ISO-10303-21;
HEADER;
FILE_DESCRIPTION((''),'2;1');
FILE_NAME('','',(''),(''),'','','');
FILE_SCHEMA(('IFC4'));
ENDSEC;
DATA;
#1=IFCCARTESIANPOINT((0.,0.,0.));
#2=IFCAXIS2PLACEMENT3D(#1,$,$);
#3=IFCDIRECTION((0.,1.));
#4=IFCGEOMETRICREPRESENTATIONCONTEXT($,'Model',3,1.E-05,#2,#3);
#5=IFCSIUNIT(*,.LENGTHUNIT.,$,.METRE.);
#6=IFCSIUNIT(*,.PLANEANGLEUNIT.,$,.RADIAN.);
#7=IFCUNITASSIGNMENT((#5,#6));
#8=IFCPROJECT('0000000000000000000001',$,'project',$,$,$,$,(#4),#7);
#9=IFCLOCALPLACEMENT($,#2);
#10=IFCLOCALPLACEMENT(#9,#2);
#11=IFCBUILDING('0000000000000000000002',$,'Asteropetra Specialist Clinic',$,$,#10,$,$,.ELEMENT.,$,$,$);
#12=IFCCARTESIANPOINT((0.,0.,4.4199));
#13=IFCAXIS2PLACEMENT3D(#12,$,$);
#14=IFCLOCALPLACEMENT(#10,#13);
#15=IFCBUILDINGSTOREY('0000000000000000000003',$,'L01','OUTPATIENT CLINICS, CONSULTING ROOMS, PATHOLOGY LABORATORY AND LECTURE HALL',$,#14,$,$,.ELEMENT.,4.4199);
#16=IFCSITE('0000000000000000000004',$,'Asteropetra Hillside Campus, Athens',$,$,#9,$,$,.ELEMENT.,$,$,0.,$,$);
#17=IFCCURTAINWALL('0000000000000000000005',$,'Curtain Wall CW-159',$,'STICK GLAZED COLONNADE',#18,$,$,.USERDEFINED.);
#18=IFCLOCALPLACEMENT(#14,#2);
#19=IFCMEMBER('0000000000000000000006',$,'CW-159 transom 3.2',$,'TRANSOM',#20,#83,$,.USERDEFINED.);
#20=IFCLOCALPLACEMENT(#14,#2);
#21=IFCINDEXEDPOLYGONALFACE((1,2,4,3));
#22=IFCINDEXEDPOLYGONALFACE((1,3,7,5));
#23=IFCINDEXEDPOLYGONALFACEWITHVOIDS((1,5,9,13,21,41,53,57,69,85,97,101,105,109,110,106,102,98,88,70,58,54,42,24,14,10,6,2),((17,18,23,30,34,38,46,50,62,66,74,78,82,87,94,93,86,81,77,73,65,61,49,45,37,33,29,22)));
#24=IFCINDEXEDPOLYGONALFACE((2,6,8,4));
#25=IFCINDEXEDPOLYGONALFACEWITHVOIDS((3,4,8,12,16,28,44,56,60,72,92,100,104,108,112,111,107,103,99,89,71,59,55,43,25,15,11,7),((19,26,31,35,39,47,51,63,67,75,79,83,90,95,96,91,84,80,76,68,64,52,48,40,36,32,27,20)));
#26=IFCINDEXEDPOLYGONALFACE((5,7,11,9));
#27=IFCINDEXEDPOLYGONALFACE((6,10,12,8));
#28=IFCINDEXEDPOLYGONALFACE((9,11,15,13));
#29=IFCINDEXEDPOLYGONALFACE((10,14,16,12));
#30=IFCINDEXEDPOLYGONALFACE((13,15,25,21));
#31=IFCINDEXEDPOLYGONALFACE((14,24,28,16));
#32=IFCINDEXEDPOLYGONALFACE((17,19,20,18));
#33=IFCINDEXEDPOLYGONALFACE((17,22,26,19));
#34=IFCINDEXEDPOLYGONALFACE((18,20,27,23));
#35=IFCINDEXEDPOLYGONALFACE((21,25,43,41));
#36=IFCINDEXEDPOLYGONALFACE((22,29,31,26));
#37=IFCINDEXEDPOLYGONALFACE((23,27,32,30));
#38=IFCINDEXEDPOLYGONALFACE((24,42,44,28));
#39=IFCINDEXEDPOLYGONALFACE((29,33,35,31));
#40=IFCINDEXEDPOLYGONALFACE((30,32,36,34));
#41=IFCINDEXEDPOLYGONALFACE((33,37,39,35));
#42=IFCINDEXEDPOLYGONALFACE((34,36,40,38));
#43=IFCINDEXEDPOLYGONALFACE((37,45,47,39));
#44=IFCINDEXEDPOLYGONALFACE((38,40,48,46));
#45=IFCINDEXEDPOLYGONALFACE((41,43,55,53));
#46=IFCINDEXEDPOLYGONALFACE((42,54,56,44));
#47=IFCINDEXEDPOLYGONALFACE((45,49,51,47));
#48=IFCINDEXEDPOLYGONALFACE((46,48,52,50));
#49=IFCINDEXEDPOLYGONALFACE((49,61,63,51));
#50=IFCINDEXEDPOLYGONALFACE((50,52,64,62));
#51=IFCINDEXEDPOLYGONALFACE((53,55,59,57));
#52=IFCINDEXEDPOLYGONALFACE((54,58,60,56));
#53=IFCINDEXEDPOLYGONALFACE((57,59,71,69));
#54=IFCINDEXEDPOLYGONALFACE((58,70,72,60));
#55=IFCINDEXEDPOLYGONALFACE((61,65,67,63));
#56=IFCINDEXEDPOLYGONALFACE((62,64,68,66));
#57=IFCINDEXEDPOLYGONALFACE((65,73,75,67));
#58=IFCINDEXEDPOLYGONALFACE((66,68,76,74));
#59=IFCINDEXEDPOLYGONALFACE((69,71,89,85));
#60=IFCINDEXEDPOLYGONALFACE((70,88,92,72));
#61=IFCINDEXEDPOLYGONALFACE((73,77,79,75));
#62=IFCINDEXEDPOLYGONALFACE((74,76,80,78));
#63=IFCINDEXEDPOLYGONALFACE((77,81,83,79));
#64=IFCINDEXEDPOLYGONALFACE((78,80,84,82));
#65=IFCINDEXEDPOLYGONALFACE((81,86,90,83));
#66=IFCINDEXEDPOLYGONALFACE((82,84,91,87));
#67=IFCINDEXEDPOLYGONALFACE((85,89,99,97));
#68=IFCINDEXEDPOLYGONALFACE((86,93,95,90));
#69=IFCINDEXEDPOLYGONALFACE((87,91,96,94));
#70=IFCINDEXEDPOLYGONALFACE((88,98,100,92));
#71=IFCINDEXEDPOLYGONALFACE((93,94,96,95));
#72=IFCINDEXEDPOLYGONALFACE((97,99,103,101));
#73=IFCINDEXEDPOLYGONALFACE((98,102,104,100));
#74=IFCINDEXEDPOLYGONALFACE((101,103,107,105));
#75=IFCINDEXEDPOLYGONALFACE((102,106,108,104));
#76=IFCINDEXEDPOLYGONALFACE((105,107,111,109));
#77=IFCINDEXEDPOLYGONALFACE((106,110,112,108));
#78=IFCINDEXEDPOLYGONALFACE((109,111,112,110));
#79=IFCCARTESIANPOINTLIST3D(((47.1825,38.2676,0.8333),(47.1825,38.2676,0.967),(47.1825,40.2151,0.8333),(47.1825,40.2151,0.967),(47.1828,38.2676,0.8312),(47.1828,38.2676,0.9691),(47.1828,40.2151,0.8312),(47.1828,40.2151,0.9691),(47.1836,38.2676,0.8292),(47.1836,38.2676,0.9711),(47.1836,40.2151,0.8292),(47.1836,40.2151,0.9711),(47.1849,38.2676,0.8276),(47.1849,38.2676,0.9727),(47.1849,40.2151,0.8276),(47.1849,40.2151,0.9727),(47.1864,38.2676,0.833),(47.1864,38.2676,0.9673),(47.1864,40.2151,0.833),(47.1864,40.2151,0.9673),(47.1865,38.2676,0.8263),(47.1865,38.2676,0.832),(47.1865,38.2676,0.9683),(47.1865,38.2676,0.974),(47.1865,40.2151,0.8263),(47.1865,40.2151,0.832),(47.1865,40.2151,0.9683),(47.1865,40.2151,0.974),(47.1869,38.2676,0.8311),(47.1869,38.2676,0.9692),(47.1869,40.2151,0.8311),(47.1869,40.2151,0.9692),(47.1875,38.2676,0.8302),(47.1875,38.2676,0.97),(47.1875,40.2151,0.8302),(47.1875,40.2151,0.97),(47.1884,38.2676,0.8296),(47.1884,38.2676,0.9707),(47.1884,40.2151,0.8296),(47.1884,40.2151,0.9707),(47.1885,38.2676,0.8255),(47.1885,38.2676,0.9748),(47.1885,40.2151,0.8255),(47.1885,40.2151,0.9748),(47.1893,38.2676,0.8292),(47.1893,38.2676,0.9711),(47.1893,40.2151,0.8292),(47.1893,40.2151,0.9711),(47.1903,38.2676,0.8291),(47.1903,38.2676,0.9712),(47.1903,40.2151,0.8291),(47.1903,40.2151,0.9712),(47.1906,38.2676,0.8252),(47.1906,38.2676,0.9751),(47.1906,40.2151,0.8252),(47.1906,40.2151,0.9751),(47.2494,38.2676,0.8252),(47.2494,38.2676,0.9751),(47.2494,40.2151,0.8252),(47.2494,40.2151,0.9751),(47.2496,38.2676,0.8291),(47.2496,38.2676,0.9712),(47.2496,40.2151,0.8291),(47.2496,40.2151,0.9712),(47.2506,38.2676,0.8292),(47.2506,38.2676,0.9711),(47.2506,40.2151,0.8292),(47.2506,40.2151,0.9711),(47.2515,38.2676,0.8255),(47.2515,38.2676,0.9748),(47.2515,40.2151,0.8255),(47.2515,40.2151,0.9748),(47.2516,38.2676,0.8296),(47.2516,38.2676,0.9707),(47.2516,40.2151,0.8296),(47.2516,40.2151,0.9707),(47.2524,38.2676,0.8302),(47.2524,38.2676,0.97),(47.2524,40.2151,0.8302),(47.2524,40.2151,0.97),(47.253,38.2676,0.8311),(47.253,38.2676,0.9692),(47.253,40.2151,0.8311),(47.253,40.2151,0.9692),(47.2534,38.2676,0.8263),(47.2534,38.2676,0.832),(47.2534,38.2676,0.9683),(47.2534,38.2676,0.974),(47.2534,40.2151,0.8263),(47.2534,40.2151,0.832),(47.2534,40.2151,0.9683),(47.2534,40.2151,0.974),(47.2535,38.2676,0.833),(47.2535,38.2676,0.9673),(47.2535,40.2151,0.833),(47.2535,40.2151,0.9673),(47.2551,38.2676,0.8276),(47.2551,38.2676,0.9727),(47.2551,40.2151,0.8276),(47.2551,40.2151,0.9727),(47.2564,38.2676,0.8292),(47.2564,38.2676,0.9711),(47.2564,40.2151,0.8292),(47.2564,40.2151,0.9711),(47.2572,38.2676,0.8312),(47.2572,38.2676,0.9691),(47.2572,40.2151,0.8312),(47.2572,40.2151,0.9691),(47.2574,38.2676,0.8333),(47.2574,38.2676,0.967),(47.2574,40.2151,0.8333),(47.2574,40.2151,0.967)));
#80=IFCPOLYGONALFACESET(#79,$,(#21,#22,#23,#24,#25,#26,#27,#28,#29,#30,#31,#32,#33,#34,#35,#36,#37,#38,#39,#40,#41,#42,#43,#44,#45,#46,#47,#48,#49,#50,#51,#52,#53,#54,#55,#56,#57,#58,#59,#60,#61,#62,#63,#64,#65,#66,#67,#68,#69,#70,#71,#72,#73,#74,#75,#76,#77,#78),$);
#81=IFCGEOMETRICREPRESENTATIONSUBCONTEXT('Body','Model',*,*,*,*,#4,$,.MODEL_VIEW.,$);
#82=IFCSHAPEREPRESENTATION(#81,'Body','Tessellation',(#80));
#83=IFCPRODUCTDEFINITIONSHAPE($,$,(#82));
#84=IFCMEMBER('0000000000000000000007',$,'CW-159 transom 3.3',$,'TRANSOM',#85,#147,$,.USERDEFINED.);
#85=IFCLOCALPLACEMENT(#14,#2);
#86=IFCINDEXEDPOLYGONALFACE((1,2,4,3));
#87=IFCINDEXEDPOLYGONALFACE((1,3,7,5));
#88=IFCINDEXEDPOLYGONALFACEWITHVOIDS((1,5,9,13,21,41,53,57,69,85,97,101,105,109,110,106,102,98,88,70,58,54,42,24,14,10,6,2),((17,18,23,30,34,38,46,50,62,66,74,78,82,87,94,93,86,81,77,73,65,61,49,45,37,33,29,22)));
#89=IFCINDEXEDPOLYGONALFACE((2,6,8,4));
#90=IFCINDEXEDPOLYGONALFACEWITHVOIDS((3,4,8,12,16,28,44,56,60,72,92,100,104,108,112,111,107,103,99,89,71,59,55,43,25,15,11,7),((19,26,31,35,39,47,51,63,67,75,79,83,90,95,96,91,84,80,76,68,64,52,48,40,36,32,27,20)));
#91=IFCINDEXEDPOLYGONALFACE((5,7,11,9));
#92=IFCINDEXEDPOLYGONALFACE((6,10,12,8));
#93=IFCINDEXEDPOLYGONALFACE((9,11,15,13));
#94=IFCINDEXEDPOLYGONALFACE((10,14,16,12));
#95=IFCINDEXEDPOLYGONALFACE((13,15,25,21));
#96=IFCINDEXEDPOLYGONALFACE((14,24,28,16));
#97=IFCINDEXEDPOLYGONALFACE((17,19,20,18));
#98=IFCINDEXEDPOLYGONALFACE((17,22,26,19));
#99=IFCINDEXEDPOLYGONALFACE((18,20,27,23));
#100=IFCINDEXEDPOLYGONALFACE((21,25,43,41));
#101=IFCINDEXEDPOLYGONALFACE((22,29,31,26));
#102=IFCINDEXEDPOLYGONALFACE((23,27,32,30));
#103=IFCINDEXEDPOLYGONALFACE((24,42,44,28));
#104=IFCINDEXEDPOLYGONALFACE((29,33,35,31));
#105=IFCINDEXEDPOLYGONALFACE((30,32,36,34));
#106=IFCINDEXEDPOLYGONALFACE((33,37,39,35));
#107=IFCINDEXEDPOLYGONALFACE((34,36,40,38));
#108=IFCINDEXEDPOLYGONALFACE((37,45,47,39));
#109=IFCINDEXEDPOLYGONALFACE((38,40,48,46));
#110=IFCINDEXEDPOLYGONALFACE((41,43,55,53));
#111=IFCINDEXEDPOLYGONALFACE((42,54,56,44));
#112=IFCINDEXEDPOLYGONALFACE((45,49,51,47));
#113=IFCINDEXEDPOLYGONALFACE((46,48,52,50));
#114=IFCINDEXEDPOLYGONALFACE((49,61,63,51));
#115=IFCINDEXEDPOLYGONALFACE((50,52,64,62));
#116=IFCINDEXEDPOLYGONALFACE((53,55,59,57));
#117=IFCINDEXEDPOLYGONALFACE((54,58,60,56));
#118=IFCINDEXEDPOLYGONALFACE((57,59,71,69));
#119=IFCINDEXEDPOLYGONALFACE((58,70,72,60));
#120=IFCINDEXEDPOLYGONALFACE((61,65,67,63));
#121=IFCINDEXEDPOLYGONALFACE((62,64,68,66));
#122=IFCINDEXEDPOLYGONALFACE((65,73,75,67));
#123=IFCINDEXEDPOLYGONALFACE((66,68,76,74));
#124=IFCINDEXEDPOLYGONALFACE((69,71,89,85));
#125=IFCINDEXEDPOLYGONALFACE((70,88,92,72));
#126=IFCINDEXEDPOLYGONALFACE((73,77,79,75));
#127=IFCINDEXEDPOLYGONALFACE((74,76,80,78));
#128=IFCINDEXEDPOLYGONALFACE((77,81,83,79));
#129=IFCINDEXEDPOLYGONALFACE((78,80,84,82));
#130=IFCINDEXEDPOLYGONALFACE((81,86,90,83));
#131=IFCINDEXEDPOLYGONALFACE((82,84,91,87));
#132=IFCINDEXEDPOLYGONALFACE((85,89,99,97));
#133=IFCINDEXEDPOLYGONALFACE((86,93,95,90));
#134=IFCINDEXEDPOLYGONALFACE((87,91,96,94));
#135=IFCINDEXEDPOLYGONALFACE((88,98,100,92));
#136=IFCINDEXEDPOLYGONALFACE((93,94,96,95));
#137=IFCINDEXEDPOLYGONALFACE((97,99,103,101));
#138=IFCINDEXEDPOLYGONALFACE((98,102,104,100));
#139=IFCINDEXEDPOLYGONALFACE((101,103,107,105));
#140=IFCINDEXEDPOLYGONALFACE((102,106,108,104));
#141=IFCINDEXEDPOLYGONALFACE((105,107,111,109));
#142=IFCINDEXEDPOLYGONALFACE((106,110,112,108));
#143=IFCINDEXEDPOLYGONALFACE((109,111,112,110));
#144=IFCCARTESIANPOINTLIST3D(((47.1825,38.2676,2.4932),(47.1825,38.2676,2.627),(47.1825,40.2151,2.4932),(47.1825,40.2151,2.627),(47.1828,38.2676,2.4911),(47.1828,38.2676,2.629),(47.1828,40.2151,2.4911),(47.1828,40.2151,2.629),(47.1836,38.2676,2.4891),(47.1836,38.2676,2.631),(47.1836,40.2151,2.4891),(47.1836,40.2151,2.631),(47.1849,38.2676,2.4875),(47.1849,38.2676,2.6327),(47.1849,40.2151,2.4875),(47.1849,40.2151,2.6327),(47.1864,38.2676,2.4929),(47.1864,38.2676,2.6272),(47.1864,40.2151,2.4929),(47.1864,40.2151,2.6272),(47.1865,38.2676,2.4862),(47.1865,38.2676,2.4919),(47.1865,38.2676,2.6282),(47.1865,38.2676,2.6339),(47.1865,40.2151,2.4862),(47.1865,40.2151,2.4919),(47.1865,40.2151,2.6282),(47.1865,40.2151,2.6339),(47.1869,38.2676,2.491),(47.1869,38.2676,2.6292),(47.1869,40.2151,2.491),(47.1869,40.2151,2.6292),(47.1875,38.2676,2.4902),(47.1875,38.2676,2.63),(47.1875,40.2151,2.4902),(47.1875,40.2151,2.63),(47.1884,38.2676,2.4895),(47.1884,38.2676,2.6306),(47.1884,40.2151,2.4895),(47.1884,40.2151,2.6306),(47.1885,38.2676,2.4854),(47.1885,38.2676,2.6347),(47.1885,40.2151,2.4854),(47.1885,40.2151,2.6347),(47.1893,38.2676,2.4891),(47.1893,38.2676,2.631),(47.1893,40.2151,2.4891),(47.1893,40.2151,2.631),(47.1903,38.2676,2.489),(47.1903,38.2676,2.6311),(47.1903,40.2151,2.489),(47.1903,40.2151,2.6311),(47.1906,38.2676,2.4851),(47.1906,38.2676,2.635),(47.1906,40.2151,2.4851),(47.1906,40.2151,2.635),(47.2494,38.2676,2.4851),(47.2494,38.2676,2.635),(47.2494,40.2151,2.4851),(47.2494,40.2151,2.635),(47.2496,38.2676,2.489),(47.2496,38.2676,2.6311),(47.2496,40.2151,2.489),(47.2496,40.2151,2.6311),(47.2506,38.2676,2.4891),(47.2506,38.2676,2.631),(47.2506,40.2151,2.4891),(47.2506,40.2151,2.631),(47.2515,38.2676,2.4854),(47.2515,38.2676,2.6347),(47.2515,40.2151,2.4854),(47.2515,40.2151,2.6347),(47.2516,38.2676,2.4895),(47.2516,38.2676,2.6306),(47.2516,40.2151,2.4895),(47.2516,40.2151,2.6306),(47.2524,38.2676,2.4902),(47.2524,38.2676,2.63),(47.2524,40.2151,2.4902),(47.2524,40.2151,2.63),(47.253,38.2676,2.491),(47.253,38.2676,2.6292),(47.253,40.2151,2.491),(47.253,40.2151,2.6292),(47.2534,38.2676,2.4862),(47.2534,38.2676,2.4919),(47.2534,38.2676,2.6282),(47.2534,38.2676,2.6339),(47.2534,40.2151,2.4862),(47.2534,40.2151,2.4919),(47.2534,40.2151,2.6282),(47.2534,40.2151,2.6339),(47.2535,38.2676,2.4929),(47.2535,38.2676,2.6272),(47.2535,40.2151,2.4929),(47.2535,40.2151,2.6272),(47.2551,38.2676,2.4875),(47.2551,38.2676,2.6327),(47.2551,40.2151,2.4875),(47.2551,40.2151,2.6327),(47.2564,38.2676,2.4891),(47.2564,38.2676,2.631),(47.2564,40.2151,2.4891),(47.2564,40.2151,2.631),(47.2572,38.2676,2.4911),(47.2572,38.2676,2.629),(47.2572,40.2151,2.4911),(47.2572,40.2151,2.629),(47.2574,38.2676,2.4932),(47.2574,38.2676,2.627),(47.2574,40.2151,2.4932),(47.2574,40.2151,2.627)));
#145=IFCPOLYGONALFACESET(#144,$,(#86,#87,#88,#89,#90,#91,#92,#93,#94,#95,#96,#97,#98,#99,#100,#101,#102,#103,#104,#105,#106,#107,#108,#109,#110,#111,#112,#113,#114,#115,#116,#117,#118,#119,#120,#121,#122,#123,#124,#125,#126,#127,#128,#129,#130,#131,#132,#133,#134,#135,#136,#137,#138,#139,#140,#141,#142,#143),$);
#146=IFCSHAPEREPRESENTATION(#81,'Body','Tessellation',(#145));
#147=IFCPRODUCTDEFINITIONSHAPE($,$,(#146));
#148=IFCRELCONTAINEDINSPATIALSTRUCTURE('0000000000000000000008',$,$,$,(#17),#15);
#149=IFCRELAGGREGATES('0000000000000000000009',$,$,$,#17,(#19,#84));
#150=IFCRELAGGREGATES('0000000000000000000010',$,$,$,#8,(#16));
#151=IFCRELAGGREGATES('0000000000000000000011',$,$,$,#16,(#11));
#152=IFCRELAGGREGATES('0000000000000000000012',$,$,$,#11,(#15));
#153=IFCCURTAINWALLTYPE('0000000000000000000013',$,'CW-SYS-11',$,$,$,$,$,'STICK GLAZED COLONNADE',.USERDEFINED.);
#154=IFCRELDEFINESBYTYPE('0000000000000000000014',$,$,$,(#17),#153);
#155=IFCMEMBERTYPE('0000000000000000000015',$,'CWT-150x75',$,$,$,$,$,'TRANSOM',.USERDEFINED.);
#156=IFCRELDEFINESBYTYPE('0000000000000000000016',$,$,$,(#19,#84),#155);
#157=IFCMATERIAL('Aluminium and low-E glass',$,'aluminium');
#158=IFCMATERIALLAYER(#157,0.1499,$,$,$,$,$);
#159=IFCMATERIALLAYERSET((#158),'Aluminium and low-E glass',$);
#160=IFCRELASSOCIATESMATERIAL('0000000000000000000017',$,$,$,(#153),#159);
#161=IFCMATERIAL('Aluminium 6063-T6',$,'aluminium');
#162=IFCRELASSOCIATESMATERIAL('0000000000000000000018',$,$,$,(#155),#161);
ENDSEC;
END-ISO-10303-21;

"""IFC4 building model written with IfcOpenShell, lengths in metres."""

from ifc_helpers import new_model, si_unit, direction, frame, origin, origin_2d, place, context, subcontext, project, spatial, hollow_rectangle, extrude, material, layer, layer_set, material_profile, profile_set, type_object, element, aggregate, save


model = new_model("IFC4")

# Units and contexts
model_context = context("Model", 3, precision=1e-05, world=origin(), true_north=direction((0.0, 1.0)))
body_context = subcontext(model_context, "Body", "Model", "MODEL_VIEW")
ifc_project = project(units=[si_unit("LENGTHUNIT", "METRE"), si_unit("PLANEANGLEUNIT", "RADIAN")], contexts=[model_context])

# Site, building, storey
site_placement = place(None, origin())
site = spatial("IfcSite", under=ifc_project, at=site_placement, Name="Asteropetra Hillside Campus, Athens", CompositionType="ELEMENT", RefElevation=0.0)
building_placement = place(site_placement, origin())
building = spatial("IfcBuilding", under=site, at=building_placement, Name="Asteropetra Specialist Clinic", CompositionType="ELEMENT")
storey_placement = place(building_placement, frame((0.0, 0.0, 4.4199)))
storey = spatial("IfcBuildingStorey", under=building, at=storey_placement, Name="L01", Description="OUTPATIENT CLINICS, CONSULTING ROOMS, PATHOLOGY LABORATORY AND LECTURE HALL", CompositionType="ELEMENT", Elevation=4.4199)

# Shared definitions
ifc_material_1 = material(Name="Aluminium and low-E glass", Category="aluminium")
ifc_layer_1 = layer(ifc_material_1, 0.1499)
ifc_layer_set_1 = layer_set([ifc_layer_1], Name="Aluminium and low-E glass")
curtain_wall_type = type_object("IfcCurtainWallType", Name="CW-SYS-11", ElementType="STICK GLAZED COLONNADE", PredefinedType="USERDEFINED", material=ifc_layer_set_1)

# Curtain wall, members
curtain_wall_1_placement = place(storey_placement, origin())
curtain_wall_1 = element("IfcCurtainWall", 1, at=curtain_wall_1_placement, inside=storey, type_object=curtain_wall_type, Name="Curtain Wall CW-159", ObjectType="STICK GLAZED COLONNADE", PredefinedType="USERDEFINED")
ifc_material_2 = material(Name="Aluminium 6063-T6", Category="aluminium")
ifc_material_profile_1 = material_profile(ifc_material_2, hollow_rectangle(XDim=0.075, YDim=0.1499, WallThickness=0.0039, InnerFilletRadius=0.0039, OuterFilletRadius=0.0081, at=origin_2d()), Name="TRN 150x75x4.0")
ifc_profile_set_1 = profile_set([ifc_material_profile_1], Name="Aluminium 6063-T6")
member_type_1 = type_object("IfcMemberType", Name="CWT-150x75", ElementType="TRANSOM", PredefinedType="USERDEFINED", material=ifc_profile_set_1)
member_1_placement = place(storey_placement, frame((47.22, 38.2676, 0.9001), z_axis=(0.0, 1.0, 0.0), x_axis=(-1.0, 0.0, 0.0)))
member_1 = element("IfcMember", 2, at=member_1_placement, type_object=member_type_1, Name="CW-159 transom 3.2", ObjectType="TRANSOM", PredefinedType="USERDEFINED", context=body_context, shape_type="SweptSolid", body=[
    extrude(hollow_rectangle(XDim=0.075, YDim=0.1499, WallThickness=0.0039, InnerFilletRadius=0.0039, OuterFilletRadius=0.0081, at=origin_2d()), origin(), (0.0, 0.0, 1.0), 1.9475),
])
member_2_placement = place(storey_placement, frame((47.22, 38.2676, 2.5601), z_axis=(0.0, 1.0, 0.0), x_axis=(-1.0, 0.0, 0.0)))
member_2 = element("IfcMember", 3, at=member_2_placement, type_object=member_type_1, Name="CW-159 transom 3.3", ObjectType="TRANSOM", PredefinedType="USERDEFINED", context=body_context, shape_type="SweptSolid", body=[
    extrude(hollow_rectangle(XDim=0.075, YDim=0.1499, WallThickness=0.0039, InnerFilletRadius=0.0039, OuterFilletRadius=0.0081, at=origin_2d()), origin(), (0.0, 0.0, 1.0), 1.9475),
])

aggregate(curtain_wall_1, [member_1, member_2])

save(model, "model.ifc")
